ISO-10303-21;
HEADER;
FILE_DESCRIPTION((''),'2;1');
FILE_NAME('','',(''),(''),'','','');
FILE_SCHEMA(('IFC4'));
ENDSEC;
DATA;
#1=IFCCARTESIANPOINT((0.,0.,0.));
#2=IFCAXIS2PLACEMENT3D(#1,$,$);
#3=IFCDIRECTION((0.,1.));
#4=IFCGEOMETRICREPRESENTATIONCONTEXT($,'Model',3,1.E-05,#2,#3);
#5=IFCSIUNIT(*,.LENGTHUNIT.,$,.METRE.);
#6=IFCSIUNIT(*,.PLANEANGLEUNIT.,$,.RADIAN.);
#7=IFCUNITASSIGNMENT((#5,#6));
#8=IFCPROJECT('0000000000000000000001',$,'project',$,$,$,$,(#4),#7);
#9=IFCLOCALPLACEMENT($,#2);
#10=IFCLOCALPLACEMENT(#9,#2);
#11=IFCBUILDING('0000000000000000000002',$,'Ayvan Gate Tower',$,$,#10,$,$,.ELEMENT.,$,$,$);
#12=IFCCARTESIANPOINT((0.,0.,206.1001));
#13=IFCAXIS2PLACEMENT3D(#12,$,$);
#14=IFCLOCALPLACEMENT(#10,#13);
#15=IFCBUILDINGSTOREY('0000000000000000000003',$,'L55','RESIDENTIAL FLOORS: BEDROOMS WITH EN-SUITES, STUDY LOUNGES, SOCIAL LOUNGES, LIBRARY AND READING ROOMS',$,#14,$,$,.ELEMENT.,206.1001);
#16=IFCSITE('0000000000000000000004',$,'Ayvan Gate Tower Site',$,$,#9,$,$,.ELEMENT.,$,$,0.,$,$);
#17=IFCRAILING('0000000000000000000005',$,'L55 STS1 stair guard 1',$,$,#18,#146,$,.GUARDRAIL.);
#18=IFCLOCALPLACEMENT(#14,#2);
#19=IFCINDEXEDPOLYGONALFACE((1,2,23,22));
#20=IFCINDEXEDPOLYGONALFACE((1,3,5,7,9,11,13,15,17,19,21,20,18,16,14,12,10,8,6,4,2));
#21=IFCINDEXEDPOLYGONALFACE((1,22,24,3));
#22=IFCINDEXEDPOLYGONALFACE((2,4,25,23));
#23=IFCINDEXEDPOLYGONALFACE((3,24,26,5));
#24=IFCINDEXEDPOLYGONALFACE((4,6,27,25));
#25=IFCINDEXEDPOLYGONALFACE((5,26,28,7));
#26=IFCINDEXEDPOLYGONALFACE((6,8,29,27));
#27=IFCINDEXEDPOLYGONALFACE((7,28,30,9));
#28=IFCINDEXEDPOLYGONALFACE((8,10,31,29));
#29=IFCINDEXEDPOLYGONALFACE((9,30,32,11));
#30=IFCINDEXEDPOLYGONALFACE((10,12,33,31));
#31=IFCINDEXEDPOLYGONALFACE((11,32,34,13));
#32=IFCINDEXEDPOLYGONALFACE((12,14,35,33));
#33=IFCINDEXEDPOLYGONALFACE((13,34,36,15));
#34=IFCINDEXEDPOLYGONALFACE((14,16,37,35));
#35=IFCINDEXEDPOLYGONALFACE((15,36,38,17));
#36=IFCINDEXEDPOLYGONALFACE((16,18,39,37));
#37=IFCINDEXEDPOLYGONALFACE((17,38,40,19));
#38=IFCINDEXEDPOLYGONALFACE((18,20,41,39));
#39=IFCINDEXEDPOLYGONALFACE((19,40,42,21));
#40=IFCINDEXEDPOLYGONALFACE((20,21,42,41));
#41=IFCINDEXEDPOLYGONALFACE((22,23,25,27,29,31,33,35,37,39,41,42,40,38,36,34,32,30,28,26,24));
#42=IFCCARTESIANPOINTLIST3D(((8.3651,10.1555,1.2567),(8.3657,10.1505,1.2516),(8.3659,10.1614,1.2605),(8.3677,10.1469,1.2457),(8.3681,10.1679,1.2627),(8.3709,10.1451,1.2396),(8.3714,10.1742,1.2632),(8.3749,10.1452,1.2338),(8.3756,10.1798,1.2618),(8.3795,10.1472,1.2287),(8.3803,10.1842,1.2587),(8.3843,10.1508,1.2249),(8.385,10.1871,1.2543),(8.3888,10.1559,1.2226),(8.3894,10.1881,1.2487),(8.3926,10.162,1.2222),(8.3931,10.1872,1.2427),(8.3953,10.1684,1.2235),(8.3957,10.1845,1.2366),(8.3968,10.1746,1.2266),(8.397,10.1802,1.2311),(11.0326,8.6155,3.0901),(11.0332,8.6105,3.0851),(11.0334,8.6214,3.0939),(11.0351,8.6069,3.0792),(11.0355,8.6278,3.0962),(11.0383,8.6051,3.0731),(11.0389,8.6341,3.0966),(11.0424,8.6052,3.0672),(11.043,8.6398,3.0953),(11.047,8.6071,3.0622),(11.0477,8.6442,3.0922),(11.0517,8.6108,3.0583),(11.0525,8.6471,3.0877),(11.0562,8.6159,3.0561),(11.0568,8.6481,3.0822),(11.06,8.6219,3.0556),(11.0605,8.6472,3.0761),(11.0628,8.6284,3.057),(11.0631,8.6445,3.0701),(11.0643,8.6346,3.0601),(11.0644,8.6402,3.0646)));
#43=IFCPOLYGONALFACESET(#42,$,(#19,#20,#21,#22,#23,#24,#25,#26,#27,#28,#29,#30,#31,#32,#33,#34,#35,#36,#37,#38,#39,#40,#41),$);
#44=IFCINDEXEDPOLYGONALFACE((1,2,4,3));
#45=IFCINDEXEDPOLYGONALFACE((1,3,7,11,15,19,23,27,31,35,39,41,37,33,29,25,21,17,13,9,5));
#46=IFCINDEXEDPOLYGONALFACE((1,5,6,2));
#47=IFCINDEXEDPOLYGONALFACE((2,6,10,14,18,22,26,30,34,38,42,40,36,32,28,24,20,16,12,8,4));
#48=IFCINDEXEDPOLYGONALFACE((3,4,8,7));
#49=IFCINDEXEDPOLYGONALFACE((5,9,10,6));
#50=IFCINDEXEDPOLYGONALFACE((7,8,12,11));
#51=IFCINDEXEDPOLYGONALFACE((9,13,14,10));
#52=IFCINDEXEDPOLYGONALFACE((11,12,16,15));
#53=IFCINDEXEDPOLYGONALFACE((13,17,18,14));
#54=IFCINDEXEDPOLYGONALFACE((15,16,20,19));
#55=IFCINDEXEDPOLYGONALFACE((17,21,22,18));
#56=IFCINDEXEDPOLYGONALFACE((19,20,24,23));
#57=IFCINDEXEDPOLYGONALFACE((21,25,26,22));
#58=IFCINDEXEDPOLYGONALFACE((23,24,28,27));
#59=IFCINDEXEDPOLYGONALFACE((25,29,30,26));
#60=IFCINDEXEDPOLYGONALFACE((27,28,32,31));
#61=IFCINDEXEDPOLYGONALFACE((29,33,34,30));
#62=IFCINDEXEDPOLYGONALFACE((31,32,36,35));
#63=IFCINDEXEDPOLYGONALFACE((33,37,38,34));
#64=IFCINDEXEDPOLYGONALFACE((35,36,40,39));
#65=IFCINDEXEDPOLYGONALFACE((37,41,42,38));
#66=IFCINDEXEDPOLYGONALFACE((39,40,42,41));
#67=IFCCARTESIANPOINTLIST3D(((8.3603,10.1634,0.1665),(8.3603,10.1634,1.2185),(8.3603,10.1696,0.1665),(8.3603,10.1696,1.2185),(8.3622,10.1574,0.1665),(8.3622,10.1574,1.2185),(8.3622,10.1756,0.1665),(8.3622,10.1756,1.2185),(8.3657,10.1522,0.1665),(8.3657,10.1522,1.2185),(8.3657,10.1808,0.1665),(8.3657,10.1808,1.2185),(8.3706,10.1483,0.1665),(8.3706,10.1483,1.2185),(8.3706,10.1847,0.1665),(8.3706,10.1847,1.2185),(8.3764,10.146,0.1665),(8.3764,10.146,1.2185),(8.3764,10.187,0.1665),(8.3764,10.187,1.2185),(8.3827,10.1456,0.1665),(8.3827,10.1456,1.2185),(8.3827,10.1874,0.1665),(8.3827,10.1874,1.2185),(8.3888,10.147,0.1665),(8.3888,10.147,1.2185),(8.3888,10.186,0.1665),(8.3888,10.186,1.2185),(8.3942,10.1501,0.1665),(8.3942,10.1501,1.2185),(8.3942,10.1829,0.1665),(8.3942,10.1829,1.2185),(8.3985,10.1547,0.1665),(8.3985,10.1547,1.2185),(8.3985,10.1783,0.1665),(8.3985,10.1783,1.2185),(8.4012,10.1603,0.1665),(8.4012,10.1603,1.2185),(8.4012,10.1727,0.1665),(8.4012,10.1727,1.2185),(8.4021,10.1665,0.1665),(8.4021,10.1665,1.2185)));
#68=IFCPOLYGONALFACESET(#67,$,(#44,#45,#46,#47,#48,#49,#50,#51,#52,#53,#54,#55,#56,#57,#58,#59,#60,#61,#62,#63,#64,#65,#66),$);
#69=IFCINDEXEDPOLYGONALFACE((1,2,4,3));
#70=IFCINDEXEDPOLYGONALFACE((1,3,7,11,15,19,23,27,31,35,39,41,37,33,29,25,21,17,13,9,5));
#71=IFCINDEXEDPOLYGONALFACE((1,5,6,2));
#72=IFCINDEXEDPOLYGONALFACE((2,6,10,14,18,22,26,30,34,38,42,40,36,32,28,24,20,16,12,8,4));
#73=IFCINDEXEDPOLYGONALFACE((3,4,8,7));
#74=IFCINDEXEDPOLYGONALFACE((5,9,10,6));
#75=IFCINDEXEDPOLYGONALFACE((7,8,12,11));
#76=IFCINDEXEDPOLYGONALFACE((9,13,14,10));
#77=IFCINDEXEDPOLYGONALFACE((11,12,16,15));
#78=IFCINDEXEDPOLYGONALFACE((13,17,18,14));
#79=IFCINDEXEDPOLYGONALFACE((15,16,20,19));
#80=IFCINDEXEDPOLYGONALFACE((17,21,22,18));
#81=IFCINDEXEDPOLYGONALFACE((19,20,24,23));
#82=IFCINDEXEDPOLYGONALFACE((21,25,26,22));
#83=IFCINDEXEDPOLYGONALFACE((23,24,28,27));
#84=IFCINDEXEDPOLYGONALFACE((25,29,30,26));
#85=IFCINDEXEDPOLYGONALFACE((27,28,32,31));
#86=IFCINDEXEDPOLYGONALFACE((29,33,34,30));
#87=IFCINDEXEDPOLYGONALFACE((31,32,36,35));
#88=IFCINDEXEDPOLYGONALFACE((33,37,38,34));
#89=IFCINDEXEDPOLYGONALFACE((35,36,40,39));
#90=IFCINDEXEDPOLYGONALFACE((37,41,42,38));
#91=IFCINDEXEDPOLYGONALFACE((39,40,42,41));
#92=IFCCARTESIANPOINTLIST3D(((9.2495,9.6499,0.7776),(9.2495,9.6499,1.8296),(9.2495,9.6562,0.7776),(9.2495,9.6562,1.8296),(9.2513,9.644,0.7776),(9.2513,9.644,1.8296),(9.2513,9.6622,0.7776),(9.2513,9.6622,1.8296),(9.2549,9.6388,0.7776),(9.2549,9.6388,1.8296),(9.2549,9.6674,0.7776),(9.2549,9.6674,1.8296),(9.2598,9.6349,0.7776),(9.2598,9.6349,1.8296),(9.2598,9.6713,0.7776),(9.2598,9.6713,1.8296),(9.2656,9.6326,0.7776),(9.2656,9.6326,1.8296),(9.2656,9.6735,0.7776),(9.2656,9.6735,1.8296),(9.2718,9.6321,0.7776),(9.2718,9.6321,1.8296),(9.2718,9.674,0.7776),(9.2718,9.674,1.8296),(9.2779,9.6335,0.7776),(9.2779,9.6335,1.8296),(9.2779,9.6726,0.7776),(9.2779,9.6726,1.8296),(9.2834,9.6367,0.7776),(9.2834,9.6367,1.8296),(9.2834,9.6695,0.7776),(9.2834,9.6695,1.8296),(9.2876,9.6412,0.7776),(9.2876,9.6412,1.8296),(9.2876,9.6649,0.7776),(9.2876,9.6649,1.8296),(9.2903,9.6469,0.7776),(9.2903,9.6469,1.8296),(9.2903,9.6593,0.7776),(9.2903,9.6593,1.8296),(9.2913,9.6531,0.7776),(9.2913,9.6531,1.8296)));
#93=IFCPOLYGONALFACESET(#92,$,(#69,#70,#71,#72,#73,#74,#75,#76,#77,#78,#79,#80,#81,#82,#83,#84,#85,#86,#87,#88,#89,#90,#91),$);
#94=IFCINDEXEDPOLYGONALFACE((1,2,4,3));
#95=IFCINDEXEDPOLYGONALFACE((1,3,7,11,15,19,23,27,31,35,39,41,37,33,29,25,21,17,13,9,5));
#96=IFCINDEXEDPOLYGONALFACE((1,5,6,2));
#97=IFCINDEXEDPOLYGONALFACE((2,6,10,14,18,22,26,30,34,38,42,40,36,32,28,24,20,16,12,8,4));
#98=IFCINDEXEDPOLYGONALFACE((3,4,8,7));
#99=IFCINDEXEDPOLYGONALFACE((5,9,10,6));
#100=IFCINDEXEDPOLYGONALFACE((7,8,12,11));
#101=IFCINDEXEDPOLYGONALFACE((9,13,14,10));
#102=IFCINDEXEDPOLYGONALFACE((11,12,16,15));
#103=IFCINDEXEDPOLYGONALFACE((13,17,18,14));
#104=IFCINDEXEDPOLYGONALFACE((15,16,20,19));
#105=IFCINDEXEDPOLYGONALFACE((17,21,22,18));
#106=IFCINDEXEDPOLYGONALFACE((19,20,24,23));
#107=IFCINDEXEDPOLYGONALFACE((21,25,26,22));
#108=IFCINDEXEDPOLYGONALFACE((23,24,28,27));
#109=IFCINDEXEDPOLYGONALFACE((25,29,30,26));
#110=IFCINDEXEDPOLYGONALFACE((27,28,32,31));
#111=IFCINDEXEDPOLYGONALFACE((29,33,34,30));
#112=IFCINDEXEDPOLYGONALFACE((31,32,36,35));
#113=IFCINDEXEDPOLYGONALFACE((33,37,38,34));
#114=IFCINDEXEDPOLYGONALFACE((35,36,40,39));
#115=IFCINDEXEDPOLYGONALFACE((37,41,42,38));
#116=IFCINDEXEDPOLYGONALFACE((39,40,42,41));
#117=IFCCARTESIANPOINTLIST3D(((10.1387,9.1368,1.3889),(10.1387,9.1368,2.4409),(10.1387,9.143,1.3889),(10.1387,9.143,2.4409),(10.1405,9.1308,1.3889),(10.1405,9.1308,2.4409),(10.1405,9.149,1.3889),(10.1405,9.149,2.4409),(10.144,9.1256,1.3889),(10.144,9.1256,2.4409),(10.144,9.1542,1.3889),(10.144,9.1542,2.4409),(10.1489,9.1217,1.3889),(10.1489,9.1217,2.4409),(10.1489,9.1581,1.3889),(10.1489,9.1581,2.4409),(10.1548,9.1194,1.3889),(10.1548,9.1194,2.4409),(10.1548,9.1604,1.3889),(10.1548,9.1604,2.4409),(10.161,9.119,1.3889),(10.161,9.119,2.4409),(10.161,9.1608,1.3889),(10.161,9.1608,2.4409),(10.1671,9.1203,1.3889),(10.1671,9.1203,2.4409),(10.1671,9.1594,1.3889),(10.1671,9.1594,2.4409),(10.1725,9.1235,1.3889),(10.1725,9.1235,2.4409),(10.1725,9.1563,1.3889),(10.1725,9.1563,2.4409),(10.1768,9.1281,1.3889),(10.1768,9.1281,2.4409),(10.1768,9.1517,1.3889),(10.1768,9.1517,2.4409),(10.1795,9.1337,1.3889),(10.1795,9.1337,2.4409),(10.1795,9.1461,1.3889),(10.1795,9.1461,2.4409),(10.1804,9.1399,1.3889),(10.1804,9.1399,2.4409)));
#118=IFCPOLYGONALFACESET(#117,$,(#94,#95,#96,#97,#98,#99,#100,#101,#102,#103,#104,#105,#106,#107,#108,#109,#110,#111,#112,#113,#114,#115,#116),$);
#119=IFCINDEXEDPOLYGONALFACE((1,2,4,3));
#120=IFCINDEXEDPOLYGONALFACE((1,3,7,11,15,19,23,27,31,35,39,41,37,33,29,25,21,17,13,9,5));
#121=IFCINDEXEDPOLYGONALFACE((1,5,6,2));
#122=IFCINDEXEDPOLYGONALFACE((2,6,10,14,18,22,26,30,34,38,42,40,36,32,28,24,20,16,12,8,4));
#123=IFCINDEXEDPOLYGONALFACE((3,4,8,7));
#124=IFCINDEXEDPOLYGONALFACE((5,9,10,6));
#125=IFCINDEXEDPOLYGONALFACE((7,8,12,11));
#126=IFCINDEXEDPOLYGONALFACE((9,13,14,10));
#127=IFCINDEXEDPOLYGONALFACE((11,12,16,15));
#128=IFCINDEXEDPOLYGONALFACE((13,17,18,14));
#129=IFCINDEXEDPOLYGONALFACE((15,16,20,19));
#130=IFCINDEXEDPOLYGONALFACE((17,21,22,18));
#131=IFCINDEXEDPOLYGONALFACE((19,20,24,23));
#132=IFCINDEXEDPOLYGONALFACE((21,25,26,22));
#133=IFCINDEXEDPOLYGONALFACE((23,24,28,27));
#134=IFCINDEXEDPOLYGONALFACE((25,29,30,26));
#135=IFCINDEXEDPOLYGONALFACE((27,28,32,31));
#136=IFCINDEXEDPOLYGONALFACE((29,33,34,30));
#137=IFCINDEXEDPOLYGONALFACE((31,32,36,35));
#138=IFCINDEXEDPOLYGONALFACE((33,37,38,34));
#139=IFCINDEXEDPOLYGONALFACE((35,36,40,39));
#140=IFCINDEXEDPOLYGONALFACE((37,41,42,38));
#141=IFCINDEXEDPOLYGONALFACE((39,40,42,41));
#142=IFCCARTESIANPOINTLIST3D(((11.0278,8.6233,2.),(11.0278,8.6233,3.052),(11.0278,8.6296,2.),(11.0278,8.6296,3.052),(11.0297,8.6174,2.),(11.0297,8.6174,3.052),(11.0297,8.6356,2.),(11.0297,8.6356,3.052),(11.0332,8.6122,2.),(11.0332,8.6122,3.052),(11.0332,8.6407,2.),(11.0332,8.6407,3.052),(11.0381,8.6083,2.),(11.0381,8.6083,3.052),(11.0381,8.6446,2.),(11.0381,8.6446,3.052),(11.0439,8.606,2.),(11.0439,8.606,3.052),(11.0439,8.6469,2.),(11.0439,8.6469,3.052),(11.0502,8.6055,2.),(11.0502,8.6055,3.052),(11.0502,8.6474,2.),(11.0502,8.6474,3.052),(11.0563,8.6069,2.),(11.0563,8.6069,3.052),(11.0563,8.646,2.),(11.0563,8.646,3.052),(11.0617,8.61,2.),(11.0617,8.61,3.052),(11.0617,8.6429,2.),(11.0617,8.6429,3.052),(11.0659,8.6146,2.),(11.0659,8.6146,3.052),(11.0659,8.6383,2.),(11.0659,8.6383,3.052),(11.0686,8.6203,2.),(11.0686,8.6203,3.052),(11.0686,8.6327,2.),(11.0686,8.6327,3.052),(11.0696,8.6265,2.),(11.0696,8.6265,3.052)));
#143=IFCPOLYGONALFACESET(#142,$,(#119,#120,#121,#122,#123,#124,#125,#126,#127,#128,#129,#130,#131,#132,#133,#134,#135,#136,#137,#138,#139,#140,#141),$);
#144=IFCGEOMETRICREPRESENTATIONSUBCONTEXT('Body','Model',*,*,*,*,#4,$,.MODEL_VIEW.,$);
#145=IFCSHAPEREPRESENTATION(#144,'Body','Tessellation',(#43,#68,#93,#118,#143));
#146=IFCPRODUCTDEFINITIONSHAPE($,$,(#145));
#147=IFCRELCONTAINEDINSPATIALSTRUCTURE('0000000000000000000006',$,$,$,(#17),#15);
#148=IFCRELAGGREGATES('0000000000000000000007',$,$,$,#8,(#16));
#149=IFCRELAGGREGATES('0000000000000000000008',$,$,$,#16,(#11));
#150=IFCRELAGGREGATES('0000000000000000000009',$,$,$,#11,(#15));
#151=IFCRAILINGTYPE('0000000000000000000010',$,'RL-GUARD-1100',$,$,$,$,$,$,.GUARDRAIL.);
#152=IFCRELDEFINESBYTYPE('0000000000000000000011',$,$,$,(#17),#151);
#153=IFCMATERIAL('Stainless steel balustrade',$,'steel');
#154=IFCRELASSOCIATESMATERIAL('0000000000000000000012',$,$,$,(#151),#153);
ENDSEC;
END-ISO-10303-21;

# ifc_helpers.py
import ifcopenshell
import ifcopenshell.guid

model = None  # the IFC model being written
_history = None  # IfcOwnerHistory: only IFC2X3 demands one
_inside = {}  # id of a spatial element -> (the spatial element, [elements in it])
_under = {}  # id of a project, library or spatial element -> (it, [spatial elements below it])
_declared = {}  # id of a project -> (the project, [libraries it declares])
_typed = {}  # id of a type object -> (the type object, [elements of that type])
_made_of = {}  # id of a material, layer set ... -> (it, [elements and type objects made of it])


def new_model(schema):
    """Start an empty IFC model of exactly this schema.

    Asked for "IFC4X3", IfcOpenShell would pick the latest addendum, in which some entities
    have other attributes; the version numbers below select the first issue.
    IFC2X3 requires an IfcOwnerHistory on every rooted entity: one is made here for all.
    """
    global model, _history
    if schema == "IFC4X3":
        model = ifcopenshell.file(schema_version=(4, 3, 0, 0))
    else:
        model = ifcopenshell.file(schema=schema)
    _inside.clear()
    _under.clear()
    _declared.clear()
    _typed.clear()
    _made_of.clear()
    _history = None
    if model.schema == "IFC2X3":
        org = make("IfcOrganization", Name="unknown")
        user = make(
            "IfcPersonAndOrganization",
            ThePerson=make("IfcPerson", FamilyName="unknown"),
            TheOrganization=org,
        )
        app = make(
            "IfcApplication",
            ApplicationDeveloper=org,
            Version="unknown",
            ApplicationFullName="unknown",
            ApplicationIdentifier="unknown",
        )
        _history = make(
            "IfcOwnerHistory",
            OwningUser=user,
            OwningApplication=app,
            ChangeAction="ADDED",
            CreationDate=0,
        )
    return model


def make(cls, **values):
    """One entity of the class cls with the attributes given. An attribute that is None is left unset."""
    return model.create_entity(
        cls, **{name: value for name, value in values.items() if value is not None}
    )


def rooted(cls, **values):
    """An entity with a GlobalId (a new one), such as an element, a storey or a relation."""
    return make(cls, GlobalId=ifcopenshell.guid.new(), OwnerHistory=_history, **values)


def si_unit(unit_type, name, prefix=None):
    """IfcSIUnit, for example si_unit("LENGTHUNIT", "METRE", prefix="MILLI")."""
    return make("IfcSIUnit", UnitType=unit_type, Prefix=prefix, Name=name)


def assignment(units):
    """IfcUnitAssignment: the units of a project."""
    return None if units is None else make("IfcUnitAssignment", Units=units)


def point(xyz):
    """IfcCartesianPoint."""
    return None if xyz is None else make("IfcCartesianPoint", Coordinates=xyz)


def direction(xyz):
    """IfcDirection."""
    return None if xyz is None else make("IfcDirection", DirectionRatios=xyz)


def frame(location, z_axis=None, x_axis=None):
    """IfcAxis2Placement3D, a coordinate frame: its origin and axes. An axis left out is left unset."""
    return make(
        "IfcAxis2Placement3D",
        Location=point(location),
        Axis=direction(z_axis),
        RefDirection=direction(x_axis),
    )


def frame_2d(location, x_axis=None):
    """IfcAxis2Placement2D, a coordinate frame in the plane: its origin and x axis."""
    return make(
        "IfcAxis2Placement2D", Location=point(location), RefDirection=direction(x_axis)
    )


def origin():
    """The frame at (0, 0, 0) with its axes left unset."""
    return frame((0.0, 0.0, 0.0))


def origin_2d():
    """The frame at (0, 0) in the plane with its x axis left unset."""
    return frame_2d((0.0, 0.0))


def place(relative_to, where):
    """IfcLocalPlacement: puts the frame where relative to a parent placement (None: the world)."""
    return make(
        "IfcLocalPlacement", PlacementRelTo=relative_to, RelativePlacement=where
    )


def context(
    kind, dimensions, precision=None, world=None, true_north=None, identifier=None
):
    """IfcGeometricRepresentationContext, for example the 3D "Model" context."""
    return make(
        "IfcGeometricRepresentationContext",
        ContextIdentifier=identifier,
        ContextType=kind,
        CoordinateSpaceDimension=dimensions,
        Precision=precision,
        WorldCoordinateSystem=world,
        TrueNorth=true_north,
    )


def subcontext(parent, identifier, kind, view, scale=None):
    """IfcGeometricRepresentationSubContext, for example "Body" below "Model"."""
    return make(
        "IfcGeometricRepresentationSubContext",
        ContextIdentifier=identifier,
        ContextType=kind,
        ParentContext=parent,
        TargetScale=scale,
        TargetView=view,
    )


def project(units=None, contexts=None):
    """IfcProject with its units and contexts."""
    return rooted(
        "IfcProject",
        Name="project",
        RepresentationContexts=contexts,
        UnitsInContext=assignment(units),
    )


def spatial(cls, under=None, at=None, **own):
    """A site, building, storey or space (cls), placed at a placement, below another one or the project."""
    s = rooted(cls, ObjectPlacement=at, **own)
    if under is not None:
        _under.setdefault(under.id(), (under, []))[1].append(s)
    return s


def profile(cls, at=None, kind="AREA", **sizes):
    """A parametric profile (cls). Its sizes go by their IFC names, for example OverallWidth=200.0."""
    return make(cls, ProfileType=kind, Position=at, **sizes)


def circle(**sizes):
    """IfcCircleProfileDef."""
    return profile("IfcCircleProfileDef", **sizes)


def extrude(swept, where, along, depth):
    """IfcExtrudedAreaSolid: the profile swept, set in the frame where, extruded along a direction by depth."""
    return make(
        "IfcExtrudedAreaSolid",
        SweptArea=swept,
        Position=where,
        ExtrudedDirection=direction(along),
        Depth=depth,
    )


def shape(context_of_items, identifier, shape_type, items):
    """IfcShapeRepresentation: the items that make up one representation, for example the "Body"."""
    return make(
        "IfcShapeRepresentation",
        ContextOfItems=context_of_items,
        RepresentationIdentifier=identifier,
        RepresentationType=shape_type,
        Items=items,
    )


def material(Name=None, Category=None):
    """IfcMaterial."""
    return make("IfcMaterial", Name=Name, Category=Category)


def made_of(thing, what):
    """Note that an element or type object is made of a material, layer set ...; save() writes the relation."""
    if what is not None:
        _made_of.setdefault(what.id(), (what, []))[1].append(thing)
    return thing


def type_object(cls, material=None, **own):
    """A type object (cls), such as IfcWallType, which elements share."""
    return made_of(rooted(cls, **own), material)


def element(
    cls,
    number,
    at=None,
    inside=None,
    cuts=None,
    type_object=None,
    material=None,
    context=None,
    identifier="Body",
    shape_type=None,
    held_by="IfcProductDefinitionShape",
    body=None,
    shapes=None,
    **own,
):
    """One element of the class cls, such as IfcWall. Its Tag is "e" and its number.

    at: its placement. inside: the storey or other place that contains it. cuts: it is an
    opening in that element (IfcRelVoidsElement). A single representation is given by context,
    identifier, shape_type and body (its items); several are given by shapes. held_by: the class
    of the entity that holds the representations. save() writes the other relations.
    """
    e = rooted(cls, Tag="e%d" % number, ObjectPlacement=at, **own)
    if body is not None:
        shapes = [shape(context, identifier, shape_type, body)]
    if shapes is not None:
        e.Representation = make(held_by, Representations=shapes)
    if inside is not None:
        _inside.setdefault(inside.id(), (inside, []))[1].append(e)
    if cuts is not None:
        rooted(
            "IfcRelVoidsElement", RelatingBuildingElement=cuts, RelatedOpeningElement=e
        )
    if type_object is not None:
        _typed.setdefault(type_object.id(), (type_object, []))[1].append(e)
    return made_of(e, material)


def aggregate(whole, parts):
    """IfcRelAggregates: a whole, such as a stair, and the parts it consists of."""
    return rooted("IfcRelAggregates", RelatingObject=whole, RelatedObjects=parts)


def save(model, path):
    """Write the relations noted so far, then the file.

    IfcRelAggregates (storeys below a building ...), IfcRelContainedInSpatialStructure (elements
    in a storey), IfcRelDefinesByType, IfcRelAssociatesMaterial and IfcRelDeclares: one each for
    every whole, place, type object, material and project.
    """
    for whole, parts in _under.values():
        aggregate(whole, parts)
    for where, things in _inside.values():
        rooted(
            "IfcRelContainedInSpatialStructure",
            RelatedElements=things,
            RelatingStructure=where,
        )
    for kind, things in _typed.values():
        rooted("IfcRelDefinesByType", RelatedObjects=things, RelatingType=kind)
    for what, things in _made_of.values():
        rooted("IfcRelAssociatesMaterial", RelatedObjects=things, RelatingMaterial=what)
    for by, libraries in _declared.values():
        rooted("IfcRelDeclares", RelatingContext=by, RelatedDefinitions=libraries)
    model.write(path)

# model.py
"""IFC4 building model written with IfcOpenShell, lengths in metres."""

from ifc_helpers import new_model, si_unit, direction, frame, origin, origin_2d, place, context, subcontext, project, spatial, circle, extrude, material, type_object, element, save


model = new_model("IFC4")

# Units and contexts
model_context = context("Model", 3, precision=1e-05, world=origin(), true_north=direction((0.0, 1.0)))
body_context = subcontext(model_context, "Body", "Model", "MODEL_VIEW")
ifc_project = project(units=[si_unit("LENGTHUNIT", "METRE"), si_unit("PLANEANGLEUNIT", "RADIAN")], contexts=[model_context])

# Site, building, storey
site_placement = place(None, origin())
site = spatial("IfcSite", under=ifc_project, at=site_placement, Name="Ayvan Gate Tower Site", CompositionType="ELEMENT", RefElevation=0.0)
building_placement = place(site_placement, origin())
building = spatial("IfcBuilding", under=site, at=building_placement, Name="Ayvan Gate Tower", CompositionType="ELEMENT")
storey_placement = place(building_placement, frame((0.0, 0.0, 206.1001)))
storey = spatial("IfcBuildingStorey", under=building, at=storey_placement, Name="L55", Description="RESIDENTIAL FLOORS: BEDROOMS WITH EN-SUITES, STUDY LOUNGES, SOCIAL LOUNGES, LIBRARY AND READING ROOMS", CompositionType="ELEMENT", Elevation=206.1001)

# Railing
ifc_material_1 = material(Name="Stainless steel balustrade", Category="steel")
railing_type_1 = type_object("IfcRailingType", Name="RL-GUARD-1100", PredefinedType="GUARDRAIL", material=ifc_material_1)
railing_1_placement = place(storey_placement, frame((8.3811, 10.1665, 0.1665)))
element("IfcRailing", 1, at=railing_1_placement, inside=storey, type_object=railing_type_1, Name="L55 STS1 stair guard 1", PredefinedType="GUARDRAIL", context=body_context, shape_type="SweptSolid", body=[
    extrude(circle(Radius=0.0239, at=origin_2d()), frame((0.0, 0.0, 1.0762), z_axis=(0.744164, -0.429634, 0.511502), x_axis=(0.499992, 0.86603, 0.0)), (0.0, 0.0, 1.0), 3.5845),
    extrude(circle(Radius=0.021, at=origin_2d()), origin(), (0.0, 0.0, 1.0), 1.052),
    extrude(circle(Radius=0.021, at=origin_2d()), frame((0.8892, -0.5134, 0.6111)), (0.0, 0.0, 1.0), 1.052),
    extrude(circle(Radius=0.021, at=origin_2d()), frame((1.7783, -1.0266, 1.2224)), (0.0, 0.0, 1.0), 1.052),
    extrude(circle(Radius=0.021, at=origin_2d()), frame((2.6675, -1.54, 1.8335)), (0.0, 0.0, 1.0), 1.052),
])

save(model, "model.ifc")
